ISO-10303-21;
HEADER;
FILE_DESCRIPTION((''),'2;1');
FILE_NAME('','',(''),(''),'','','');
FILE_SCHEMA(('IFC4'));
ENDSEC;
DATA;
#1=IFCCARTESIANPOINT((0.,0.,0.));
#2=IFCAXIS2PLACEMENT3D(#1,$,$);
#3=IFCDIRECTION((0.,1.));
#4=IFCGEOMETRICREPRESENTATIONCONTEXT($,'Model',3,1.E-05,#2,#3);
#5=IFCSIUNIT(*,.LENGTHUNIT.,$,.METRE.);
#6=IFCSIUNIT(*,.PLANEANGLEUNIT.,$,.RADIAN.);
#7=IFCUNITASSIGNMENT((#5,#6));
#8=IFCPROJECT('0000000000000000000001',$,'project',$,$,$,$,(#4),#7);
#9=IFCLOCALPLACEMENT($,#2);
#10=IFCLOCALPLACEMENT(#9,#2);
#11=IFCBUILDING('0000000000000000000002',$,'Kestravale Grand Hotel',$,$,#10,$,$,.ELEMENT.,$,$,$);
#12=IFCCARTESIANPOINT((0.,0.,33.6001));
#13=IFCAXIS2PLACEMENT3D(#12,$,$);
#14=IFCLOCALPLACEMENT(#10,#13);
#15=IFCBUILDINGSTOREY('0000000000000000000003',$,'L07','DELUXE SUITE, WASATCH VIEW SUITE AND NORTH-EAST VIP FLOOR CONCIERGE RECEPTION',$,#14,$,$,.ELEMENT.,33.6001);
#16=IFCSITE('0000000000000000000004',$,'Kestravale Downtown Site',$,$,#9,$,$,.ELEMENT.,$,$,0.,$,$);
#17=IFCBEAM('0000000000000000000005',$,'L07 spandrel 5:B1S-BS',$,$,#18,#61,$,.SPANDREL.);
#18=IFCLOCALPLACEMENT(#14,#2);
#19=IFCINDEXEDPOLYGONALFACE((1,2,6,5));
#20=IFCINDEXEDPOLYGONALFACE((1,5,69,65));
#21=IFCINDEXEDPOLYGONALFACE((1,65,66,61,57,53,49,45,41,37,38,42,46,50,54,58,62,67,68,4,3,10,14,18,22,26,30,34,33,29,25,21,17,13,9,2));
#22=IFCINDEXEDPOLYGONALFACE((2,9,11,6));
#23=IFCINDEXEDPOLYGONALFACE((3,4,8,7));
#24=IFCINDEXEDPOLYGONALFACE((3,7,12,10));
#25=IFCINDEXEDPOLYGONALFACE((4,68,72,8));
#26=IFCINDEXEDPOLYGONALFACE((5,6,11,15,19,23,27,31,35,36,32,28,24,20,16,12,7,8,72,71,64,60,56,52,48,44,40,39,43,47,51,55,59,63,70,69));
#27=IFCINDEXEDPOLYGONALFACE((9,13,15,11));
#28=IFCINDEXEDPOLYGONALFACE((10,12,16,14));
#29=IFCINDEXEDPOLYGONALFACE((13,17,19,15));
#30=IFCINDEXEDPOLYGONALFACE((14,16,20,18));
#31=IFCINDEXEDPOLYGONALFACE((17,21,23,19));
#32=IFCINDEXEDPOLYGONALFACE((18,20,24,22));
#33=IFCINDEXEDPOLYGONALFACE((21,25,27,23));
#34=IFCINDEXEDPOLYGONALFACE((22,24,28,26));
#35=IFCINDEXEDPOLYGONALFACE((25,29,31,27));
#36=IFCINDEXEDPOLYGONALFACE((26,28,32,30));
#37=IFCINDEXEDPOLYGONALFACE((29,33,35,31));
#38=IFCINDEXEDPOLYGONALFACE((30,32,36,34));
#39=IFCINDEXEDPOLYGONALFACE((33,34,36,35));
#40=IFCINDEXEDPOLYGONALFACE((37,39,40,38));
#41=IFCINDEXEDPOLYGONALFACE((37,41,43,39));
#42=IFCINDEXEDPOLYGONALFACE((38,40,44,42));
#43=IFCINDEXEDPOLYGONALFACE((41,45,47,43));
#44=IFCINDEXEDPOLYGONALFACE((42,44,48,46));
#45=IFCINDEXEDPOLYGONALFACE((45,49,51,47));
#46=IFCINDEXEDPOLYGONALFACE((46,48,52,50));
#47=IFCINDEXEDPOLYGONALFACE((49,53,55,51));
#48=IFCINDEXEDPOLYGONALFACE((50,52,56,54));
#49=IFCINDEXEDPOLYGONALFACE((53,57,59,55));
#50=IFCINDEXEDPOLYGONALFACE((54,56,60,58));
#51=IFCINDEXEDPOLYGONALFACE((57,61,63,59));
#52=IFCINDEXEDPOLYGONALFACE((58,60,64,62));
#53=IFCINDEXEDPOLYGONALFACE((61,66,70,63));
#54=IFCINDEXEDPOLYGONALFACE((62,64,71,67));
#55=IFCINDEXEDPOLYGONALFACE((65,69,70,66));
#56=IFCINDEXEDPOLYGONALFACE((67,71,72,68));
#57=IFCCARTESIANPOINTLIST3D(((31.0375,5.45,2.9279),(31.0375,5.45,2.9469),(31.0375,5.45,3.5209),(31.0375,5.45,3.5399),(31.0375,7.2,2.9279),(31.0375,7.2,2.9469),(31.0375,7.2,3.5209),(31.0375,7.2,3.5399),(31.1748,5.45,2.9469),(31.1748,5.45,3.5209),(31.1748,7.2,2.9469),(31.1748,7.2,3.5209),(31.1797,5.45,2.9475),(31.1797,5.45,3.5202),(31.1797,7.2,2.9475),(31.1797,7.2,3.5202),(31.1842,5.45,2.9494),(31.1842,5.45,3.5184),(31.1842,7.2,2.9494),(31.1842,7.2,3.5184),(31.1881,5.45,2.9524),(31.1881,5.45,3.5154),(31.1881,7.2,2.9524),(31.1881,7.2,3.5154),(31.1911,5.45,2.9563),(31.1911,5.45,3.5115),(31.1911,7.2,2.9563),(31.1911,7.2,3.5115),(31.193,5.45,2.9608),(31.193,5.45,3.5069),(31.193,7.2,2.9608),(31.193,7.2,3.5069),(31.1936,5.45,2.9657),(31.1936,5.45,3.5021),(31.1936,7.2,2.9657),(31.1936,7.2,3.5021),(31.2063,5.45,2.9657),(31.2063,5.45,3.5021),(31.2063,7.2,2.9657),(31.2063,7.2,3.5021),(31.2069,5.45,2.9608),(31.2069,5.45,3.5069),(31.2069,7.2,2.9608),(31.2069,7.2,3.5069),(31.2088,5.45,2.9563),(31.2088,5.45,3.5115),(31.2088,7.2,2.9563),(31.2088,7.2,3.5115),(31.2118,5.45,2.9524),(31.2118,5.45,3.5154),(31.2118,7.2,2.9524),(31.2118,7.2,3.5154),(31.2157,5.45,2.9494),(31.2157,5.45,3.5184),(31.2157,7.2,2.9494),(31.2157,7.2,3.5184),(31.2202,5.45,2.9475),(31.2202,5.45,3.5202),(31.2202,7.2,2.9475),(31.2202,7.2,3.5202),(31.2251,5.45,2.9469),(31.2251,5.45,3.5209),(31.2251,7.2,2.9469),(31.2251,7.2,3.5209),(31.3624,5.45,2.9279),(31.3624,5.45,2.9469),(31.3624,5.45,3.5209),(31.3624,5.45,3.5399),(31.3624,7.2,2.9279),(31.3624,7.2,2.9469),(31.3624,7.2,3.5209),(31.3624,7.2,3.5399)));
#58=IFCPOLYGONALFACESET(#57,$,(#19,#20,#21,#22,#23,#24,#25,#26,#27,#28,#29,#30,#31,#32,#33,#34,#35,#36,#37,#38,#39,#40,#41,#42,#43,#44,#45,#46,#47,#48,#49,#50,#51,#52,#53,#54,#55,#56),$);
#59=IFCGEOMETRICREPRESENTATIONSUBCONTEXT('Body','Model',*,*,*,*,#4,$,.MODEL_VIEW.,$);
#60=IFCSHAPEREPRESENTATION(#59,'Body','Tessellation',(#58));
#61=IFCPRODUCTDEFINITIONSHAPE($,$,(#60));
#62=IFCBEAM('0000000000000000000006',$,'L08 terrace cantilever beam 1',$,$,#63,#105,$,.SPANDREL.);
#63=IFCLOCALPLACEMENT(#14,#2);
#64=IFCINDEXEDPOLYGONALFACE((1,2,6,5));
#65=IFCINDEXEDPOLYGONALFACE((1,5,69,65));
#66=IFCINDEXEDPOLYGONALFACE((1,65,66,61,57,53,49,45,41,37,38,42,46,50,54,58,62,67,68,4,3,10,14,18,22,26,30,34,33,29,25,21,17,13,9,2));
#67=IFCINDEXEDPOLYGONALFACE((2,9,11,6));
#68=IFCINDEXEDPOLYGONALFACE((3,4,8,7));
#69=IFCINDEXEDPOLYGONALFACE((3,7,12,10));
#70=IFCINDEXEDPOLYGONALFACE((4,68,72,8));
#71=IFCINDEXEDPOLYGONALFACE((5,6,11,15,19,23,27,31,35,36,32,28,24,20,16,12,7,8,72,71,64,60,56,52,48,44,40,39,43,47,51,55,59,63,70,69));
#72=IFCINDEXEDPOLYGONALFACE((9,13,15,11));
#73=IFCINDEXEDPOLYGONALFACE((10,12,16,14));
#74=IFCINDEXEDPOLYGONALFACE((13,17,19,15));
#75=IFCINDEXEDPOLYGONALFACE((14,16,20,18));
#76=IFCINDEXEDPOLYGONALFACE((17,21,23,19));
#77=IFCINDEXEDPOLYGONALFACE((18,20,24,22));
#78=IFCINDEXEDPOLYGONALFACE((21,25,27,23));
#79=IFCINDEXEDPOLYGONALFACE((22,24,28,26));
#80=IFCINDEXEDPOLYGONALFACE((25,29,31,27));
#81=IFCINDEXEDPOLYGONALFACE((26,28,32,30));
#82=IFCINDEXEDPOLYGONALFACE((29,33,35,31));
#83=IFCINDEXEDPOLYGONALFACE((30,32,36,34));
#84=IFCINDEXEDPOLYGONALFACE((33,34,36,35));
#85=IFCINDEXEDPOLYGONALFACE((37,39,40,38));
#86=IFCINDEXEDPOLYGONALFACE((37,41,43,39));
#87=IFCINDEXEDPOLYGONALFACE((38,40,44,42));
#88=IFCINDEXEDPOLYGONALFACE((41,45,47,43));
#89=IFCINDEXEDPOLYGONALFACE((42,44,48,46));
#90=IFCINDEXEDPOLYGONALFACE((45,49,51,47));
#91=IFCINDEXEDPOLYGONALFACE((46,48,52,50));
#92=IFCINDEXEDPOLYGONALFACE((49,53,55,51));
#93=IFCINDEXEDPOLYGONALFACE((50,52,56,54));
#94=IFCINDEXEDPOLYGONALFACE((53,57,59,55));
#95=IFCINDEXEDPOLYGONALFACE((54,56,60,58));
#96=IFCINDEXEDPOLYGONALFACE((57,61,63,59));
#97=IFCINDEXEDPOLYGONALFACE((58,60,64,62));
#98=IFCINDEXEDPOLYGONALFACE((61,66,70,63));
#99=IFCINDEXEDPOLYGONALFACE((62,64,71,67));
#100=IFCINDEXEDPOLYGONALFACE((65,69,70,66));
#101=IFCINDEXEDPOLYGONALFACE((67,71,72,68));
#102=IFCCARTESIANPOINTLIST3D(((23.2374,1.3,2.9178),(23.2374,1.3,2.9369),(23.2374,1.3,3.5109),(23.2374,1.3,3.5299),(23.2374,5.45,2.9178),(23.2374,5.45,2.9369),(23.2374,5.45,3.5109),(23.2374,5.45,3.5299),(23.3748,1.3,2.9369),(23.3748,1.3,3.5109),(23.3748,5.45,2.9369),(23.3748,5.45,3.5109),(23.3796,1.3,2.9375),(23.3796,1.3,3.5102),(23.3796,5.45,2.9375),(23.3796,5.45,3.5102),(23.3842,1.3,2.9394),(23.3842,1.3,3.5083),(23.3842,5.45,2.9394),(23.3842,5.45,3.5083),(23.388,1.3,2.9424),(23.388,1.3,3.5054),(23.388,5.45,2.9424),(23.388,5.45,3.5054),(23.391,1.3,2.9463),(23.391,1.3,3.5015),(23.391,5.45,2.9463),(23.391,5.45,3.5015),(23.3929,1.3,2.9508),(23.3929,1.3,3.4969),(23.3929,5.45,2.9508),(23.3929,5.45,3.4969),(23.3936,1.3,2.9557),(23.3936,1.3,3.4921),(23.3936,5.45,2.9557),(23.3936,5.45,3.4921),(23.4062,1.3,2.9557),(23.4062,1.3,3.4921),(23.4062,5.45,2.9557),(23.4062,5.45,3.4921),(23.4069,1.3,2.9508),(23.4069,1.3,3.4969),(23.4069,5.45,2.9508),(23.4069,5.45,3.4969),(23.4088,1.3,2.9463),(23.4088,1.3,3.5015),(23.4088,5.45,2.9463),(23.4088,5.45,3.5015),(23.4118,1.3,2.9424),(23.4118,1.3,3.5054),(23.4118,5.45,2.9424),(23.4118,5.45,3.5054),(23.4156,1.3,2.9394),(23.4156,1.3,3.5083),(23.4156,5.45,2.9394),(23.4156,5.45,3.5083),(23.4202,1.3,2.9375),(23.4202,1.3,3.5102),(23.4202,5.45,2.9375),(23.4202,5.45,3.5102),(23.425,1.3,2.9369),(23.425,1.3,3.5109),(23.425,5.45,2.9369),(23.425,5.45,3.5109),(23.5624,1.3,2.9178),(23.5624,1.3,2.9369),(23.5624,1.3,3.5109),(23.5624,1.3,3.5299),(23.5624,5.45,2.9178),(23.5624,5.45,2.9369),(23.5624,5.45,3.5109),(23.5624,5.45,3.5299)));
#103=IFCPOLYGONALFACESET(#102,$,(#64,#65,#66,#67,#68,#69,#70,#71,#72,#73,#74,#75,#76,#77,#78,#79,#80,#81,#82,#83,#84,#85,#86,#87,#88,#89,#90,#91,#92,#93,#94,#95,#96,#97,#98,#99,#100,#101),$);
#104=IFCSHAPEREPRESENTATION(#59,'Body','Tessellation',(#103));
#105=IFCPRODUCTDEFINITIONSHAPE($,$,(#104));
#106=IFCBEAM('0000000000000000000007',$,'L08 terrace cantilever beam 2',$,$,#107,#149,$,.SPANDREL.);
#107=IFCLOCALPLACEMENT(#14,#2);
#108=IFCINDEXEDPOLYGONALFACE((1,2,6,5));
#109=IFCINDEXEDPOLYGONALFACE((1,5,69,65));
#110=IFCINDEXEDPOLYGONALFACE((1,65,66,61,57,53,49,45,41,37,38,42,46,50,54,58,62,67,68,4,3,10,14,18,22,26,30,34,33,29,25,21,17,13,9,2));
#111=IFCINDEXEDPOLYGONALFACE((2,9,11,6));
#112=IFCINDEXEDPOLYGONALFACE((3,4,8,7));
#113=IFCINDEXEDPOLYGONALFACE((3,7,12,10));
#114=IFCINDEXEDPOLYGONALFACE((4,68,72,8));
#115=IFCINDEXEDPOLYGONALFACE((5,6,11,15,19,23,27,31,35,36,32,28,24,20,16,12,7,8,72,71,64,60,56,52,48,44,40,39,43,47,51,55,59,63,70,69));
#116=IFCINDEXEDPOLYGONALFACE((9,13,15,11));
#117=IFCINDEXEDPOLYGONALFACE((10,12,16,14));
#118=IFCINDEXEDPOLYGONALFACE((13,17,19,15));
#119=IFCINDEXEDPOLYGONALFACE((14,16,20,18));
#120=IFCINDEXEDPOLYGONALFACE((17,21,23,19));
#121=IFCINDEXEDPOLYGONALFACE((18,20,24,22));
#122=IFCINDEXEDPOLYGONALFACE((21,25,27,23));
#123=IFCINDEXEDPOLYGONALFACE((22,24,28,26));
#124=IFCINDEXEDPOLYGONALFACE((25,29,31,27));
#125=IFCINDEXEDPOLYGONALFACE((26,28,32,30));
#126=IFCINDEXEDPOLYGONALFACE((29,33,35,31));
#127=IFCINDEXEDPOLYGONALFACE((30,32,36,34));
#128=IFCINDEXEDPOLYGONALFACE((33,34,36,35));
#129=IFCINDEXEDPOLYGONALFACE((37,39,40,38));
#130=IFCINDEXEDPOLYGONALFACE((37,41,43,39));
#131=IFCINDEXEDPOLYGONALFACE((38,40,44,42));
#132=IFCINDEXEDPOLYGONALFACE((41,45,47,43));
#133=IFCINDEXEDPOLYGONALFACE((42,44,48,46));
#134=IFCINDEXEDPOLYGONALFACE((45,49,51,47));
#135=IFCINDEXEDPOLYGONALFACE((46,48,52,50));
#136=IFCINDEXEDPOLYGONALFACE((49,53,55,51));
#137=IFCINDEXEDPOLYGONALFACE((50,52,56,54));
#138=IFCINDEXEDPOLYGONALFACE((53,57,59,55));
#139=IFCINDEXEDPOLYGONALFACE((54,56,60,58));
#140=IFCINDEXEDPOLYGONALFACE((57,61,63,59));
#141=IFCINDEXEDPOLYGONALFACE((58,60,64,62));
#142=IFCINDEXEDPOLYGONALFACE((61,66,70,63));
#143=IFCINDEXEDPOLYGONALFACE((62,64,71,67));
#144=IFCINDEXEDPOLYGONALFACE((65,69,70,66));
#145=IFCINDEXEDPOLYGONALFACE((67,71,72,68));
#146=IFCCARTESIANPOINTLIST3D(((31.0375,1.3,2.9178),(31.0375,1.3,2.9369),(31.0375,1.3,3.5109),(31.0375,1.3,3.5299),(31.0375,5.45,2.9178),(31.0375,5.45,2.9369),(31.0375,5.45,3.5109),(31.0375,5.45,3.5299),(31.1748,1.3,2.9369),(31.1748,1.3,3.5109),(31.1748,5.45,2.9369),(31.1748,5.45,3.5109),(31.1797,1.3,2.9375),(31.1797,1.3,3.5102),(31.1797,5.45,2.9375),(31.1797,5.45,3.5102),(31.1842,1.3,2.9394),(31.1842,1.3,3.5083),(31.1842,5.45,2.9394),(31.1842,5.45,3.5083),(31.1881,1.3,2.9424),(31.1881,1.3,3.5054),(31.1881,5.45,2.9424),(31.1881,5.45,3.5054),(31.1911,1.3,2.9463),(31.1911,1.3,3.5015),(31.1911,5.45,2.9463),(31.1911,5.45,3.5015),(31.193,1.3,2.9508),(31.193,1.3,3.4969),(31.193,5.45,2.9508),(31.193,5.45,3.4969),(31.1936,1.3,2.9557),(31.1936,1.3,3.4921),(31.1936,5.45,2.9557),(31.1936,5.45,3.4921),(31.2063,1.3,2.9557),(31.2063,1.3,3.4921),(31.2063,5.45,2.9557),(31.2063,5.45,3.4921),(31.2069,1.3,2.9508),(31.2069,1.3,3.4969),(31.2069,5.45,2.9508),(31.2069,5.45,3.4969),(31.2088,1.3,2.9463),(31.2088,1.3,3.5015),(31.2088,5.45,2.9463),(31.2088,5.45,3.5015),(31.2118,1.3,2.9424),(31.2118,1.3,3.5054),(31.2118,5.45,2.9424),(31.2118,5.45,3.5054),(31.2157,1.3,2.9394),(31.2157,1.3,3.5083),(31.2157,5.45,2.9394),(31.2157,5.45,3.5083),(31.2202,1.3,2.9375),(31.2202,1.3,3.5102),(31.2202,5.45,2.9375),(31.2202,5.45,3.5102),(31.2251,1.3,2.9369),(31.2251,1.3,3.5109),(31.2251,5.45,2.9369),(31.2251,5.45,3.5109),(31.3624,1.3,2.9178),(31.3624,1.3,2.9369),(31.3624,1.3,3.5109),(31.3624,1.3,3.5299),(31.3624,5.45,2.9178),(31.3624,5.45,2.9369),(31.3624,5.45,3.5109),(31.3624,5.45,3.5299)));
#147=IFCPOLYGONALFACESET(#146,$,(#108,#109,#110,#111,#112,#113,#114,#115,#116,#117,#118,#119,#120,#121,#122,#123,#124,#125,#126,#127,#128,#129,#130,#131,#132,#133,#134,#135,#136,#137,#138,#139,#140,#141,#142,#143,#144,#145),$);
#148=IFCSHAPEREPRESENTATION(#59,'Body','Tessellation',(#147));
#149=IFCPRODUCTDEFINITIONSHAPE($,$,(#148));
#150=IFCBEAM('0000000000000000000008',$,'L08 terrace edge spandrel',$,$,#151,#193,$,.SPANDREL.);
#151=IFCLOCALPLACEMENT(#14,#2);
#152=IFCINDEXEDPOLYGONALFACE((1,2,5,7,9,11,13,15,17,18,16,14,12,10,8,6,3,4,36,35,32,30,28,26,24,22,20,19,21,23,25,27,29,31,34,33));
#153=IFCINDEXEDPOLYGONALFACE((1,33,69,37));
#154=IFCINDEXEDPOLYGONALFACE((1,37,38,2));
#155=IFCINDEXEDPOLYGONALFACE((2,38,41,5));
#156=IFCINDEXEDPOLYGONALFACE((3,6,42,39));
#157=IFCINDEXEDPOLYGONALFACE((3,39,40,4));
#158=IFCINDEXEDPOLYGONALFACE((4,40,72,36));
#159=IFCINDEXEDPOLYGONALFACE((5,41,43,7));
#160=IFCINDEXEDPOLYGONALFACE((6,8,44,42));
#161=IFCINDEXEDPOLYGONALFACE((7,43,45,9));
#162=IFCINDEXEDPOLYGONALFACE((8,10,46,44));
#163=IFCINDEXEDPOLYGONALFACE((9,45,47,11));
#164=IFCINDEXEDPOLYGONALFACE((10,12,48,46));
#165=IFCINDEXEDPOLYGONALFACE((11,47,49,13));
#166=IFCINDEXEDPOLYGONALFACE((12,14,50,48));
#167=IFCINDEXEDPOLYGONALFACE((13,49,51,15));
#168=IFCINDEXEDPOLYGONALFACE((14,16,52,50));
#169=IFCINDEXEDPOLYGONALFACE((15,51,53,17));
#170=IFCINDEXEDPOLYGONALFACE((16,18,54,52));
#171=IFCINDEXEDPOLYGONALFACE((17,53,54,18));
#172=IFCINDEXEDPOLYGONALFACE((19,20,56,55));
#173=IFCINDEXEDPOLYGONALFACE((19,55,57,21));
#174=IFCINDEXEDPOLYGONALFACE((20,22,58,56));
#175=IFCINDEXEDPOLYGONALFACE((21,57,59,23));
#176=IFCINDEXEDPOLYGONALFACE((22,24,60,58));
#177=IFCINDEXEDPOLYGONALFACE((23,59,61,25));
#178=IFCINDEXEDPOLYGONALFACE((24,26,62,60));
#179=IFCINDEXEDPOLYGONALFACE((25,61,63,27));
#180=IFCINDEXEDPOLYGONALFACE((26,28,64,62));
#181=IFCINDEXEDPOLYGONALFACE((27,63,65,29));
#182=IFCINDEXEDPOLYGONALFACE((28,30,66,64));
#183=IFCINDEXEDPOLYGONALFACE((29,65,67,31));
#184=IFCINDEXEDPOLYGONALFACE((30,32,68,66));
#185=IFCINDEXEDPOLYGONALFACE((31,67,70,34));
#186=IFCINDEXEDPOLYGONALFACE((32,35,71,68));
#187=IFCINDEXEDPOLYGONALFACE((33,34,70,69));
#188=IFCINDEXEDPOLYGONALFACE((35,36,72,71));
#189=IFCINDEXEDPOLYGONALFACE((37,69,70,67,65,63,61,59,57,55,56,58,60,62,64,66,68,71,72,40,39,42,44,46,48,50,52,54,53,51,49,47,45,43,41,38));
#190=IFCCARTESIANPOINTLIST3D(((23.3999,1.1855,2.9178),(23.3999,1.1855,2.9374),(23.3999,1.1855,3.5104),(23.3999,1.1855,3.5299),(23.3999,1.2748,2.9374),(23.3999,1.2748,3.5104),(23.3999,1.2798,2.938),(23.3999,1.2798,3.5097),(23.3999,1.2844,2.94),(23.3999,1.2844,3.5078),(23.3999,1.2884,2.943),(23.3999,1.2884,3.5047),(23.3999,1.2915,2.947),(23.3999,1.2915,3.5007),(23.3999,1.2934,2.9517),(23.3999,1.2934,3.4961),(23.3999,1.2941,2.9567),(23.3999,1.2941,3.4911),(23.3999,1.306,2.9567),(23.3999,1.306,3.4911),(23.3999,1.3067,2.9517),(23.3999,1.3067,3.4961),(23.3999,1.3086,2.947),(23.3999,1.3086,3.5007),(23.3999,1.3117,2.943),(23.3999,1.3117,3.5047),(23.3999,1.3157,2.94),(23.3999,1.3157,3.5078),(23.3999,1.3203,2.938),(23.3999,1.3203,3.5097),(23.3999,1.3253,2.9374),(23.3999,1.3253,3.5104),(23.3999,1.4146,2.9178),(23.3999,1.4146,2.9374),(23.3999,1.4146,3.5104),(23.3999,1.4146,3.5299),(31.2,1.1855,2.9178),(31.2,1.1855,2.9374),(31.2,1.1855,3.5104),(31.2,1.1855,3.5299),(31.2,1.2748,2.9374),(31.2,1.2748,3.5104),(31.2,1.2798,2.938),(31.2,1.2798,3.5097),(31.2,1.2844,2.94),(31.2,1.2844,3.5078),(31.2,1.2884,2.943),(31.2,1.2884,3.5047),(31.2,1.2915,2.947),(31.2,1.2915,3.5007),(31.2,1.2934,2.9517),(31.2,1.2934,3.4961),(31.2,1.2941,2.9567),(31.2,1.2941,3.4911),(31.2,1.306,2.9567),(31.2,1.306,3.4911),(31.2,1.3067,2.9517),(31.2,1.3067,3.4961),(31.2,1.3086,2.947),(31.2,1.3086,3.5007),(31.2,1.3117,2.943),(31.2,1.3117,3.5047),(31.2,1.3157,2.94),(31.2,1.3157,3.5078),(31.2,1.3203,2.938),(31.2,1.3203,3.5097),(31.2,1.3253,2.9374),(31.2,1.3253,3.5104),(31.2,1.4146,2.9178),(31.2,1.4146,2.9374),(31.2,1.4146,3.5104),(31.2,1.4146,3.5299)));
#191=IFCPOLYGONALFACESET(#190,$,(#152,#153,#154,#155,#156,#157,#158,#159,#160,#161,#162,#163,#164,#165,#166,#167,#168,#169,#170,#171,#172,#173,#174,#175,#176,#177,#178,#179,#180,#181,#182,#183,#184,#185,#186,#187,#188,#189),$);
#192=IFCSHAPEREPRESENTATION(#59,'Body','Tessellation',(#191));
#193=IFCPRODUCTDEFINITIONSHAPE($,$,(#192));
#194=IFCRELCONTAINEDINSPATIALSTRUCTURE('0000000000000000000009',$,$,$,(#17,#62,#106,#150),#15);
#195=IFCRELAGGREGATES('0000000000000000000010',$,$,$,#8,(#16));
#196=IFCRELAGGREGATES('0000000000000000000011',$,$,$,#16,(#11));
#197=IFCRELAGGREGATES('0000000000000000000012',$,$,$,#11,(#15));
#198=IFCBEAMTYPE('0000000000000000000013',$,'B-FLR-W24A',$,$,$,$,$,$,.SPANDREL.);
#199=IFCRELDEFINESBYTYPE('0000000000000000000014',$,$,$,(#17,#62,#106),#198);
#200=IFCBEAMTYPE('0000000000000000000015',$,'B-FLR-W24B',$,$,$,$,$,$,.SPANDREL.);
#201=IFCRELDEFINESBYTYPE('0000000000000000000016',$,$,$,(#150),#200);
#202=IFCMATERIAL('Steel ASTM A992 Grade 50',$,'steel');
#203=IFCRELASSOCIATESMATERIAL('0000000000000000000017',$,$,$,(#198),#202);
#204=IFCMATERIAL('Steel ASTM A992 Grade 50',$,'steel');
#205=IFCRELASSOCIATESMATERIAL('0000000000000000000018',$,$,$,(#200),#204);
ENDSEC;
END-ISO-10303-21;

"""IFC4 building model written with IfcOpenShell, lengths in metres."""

from ifc_helpers import new_model, si_unit, direction, frame, origin, origin_2d, place, context, subcontext, project, spatial, i_section, extrude, material, material_profile, profile_set, type_object, element, save


model = new_model("IFC4")

# Units and contexts
model_context = context("Model", 3, precision=1e-05, world=origin(), true_north=direction((0.0, 1.0)))
body_context = subcontext(model_context, "Body", "Model", "MODEL_VIEW")
ifc_project = project(units=[si_unit("LENGTHUNIT", "METRE"), si_unit("PLANEANGLEUNIT", "RADIAN")], contexts=[model_context])

# Site, building, storey
site_placement = place(None, origin())
site = spatial("IfcSite", under=ifc_project, at=site_placement, Name="Kestravale Downtown Site", CompositionType="ELEMENT", RefElevation=0.0)
building_placement = place(site_placement, origin())
building = spatial("IfcBuilding", under=site, at=building_placement, Name="Kestravale Grand Hotel", CompositionType="ELEMENT")
storey_placement = place(building_placement, frame((0.0, 0.0, 33.6001)))
storey = spatial("IfcBuildingStorey", under=building, at=storey_placement, Name="L07", Description="DELUXE SUITE, WASATCH VIEW SUITE AND NORTH-EAST VIP FLOOR CONCIERGE RECEPTION", CompositionType="ELEMENT", Elevation=33.6001)

# Beams
ifc_material_1 = material(Name="Steel ASTM A992 Grade 50", Category="steel")
ifc_material_profile_1 = material_profile(ifc_material_1, i_section(OverallWidth=0.325, OverallDepth=0.6121, WebThickness=0.0127, FlangeThickness=0.019, FilletRadius=0.0188, at=origin_2d()))
ifc_profile_set_1 = profile_set([ifc_material_profile_1], Name="Steel ASTM A992 Grade 50")
beam_type_1 = type_object("IfcBeamType", Name="B-FLR-W24A", PredefinedType="SPANDREL", material=ifc_profile_set_1)
for number, where, z_axis, x_axis, name in (
    (1, (31.2, 5.45, 3.2339), (0.0, 1.0, 0.0), (-1.0, 0.0, 0.0), "L07 spandrel 5:B1S-BS"),
):
    element("IfcBeam", number, at=place(storey_placement, frame(where, z_axis=z_axis, x_axis=x_axis)), inside=storey, type_object=beam_type_1, Name=name, PredefinedType="SPANDREL", context=body_context, shape_type="SweptSolid", body=[
        extrude(i_section(OverallWidth=0.325, OverallDepth=0.6121, WebThickness=0.0127, FlangeThickness=0.019, FilletRadius=0.0188, at=origin_2d()), origin(), (0.0, 0.0, 1.0), 1.75),
    ])
for number, where, z_axis, x_axis, name in (
    (2, (23.3999, 5.45, 3.2239), (0.0, -1.0, 0.0), (1.0, 0.0, 0.0), "L08 terrace cantilever beam 1"),
    (3, (31.2, 5.45, 3.2239), (0.0, -1.0, 0.0), (1.0, 0.0, 0.0), "L08 terrace cantilever beam 2"),
):
    element("IfcBeam", number, at=place(storey_placement, frame(where, z_axis=z_axis, x_axis=x_axis)), inside=storey, type_object=beam_type_1, Name=name, PredefinedType="SPANDREL", context=body_context, shape_type="SweptSolid", body=[
        extrude(i_section(OverallWidth=0.325, OverallDepth=0.6121, WebThickness=0.0127, FlangeThickness=0.019, FilletRadius=0.0188, at=origin_2d()), origin(), (0.0, 0.0, 1.0), 4.1499),
    ])
ifc_material_2 = material(Name="Steel ASTM A992 Grade 50", Category="steel")
ifc_material_profile_2 = material_profile(ifc_material_2, i_section(OverallWidth=0.229, OverallDepth=0.6121, WebThickness=0.012, FlangeThickness=0.0195, FilletRadius=0.0193, at=origin_2d()))
ifc_profile_set_2 = profile_set([ifc_material_profile_2], Name="Steel ASTM A992 Grade 50")
beam_type_2 = type_object("IfcBeamType", Name="B-FLR-W24B", PredefinedType="SPANDREL", material=ifc_profile_set_2)
beam_1_placement = place(storey_placement, frame((23.3999, 1.3, 3.2239), z_axis=(1.0, 0.0, 0.0), x_axis=(0.0, 1.0, 0.0)))
element("IfcBeam", 4, at=beam_1_placement, inside=storey, type_object=beam_type_2, Name="L08 terrace edge spandrel", PredefinedType="SPANDREL", context=body_context, shape_type="SweptSolid", body=[
    extrude(i_section(OverallWidth=0.229, OverallDepth=0.6121, WebThickness=0.012, FlangeThickness=0.0195, FilletRadius=0.0193, at=origin_2d()), origin(), (0.0, 0.0, 1.0), 7.8),
])

save(model, "model.ifc")
